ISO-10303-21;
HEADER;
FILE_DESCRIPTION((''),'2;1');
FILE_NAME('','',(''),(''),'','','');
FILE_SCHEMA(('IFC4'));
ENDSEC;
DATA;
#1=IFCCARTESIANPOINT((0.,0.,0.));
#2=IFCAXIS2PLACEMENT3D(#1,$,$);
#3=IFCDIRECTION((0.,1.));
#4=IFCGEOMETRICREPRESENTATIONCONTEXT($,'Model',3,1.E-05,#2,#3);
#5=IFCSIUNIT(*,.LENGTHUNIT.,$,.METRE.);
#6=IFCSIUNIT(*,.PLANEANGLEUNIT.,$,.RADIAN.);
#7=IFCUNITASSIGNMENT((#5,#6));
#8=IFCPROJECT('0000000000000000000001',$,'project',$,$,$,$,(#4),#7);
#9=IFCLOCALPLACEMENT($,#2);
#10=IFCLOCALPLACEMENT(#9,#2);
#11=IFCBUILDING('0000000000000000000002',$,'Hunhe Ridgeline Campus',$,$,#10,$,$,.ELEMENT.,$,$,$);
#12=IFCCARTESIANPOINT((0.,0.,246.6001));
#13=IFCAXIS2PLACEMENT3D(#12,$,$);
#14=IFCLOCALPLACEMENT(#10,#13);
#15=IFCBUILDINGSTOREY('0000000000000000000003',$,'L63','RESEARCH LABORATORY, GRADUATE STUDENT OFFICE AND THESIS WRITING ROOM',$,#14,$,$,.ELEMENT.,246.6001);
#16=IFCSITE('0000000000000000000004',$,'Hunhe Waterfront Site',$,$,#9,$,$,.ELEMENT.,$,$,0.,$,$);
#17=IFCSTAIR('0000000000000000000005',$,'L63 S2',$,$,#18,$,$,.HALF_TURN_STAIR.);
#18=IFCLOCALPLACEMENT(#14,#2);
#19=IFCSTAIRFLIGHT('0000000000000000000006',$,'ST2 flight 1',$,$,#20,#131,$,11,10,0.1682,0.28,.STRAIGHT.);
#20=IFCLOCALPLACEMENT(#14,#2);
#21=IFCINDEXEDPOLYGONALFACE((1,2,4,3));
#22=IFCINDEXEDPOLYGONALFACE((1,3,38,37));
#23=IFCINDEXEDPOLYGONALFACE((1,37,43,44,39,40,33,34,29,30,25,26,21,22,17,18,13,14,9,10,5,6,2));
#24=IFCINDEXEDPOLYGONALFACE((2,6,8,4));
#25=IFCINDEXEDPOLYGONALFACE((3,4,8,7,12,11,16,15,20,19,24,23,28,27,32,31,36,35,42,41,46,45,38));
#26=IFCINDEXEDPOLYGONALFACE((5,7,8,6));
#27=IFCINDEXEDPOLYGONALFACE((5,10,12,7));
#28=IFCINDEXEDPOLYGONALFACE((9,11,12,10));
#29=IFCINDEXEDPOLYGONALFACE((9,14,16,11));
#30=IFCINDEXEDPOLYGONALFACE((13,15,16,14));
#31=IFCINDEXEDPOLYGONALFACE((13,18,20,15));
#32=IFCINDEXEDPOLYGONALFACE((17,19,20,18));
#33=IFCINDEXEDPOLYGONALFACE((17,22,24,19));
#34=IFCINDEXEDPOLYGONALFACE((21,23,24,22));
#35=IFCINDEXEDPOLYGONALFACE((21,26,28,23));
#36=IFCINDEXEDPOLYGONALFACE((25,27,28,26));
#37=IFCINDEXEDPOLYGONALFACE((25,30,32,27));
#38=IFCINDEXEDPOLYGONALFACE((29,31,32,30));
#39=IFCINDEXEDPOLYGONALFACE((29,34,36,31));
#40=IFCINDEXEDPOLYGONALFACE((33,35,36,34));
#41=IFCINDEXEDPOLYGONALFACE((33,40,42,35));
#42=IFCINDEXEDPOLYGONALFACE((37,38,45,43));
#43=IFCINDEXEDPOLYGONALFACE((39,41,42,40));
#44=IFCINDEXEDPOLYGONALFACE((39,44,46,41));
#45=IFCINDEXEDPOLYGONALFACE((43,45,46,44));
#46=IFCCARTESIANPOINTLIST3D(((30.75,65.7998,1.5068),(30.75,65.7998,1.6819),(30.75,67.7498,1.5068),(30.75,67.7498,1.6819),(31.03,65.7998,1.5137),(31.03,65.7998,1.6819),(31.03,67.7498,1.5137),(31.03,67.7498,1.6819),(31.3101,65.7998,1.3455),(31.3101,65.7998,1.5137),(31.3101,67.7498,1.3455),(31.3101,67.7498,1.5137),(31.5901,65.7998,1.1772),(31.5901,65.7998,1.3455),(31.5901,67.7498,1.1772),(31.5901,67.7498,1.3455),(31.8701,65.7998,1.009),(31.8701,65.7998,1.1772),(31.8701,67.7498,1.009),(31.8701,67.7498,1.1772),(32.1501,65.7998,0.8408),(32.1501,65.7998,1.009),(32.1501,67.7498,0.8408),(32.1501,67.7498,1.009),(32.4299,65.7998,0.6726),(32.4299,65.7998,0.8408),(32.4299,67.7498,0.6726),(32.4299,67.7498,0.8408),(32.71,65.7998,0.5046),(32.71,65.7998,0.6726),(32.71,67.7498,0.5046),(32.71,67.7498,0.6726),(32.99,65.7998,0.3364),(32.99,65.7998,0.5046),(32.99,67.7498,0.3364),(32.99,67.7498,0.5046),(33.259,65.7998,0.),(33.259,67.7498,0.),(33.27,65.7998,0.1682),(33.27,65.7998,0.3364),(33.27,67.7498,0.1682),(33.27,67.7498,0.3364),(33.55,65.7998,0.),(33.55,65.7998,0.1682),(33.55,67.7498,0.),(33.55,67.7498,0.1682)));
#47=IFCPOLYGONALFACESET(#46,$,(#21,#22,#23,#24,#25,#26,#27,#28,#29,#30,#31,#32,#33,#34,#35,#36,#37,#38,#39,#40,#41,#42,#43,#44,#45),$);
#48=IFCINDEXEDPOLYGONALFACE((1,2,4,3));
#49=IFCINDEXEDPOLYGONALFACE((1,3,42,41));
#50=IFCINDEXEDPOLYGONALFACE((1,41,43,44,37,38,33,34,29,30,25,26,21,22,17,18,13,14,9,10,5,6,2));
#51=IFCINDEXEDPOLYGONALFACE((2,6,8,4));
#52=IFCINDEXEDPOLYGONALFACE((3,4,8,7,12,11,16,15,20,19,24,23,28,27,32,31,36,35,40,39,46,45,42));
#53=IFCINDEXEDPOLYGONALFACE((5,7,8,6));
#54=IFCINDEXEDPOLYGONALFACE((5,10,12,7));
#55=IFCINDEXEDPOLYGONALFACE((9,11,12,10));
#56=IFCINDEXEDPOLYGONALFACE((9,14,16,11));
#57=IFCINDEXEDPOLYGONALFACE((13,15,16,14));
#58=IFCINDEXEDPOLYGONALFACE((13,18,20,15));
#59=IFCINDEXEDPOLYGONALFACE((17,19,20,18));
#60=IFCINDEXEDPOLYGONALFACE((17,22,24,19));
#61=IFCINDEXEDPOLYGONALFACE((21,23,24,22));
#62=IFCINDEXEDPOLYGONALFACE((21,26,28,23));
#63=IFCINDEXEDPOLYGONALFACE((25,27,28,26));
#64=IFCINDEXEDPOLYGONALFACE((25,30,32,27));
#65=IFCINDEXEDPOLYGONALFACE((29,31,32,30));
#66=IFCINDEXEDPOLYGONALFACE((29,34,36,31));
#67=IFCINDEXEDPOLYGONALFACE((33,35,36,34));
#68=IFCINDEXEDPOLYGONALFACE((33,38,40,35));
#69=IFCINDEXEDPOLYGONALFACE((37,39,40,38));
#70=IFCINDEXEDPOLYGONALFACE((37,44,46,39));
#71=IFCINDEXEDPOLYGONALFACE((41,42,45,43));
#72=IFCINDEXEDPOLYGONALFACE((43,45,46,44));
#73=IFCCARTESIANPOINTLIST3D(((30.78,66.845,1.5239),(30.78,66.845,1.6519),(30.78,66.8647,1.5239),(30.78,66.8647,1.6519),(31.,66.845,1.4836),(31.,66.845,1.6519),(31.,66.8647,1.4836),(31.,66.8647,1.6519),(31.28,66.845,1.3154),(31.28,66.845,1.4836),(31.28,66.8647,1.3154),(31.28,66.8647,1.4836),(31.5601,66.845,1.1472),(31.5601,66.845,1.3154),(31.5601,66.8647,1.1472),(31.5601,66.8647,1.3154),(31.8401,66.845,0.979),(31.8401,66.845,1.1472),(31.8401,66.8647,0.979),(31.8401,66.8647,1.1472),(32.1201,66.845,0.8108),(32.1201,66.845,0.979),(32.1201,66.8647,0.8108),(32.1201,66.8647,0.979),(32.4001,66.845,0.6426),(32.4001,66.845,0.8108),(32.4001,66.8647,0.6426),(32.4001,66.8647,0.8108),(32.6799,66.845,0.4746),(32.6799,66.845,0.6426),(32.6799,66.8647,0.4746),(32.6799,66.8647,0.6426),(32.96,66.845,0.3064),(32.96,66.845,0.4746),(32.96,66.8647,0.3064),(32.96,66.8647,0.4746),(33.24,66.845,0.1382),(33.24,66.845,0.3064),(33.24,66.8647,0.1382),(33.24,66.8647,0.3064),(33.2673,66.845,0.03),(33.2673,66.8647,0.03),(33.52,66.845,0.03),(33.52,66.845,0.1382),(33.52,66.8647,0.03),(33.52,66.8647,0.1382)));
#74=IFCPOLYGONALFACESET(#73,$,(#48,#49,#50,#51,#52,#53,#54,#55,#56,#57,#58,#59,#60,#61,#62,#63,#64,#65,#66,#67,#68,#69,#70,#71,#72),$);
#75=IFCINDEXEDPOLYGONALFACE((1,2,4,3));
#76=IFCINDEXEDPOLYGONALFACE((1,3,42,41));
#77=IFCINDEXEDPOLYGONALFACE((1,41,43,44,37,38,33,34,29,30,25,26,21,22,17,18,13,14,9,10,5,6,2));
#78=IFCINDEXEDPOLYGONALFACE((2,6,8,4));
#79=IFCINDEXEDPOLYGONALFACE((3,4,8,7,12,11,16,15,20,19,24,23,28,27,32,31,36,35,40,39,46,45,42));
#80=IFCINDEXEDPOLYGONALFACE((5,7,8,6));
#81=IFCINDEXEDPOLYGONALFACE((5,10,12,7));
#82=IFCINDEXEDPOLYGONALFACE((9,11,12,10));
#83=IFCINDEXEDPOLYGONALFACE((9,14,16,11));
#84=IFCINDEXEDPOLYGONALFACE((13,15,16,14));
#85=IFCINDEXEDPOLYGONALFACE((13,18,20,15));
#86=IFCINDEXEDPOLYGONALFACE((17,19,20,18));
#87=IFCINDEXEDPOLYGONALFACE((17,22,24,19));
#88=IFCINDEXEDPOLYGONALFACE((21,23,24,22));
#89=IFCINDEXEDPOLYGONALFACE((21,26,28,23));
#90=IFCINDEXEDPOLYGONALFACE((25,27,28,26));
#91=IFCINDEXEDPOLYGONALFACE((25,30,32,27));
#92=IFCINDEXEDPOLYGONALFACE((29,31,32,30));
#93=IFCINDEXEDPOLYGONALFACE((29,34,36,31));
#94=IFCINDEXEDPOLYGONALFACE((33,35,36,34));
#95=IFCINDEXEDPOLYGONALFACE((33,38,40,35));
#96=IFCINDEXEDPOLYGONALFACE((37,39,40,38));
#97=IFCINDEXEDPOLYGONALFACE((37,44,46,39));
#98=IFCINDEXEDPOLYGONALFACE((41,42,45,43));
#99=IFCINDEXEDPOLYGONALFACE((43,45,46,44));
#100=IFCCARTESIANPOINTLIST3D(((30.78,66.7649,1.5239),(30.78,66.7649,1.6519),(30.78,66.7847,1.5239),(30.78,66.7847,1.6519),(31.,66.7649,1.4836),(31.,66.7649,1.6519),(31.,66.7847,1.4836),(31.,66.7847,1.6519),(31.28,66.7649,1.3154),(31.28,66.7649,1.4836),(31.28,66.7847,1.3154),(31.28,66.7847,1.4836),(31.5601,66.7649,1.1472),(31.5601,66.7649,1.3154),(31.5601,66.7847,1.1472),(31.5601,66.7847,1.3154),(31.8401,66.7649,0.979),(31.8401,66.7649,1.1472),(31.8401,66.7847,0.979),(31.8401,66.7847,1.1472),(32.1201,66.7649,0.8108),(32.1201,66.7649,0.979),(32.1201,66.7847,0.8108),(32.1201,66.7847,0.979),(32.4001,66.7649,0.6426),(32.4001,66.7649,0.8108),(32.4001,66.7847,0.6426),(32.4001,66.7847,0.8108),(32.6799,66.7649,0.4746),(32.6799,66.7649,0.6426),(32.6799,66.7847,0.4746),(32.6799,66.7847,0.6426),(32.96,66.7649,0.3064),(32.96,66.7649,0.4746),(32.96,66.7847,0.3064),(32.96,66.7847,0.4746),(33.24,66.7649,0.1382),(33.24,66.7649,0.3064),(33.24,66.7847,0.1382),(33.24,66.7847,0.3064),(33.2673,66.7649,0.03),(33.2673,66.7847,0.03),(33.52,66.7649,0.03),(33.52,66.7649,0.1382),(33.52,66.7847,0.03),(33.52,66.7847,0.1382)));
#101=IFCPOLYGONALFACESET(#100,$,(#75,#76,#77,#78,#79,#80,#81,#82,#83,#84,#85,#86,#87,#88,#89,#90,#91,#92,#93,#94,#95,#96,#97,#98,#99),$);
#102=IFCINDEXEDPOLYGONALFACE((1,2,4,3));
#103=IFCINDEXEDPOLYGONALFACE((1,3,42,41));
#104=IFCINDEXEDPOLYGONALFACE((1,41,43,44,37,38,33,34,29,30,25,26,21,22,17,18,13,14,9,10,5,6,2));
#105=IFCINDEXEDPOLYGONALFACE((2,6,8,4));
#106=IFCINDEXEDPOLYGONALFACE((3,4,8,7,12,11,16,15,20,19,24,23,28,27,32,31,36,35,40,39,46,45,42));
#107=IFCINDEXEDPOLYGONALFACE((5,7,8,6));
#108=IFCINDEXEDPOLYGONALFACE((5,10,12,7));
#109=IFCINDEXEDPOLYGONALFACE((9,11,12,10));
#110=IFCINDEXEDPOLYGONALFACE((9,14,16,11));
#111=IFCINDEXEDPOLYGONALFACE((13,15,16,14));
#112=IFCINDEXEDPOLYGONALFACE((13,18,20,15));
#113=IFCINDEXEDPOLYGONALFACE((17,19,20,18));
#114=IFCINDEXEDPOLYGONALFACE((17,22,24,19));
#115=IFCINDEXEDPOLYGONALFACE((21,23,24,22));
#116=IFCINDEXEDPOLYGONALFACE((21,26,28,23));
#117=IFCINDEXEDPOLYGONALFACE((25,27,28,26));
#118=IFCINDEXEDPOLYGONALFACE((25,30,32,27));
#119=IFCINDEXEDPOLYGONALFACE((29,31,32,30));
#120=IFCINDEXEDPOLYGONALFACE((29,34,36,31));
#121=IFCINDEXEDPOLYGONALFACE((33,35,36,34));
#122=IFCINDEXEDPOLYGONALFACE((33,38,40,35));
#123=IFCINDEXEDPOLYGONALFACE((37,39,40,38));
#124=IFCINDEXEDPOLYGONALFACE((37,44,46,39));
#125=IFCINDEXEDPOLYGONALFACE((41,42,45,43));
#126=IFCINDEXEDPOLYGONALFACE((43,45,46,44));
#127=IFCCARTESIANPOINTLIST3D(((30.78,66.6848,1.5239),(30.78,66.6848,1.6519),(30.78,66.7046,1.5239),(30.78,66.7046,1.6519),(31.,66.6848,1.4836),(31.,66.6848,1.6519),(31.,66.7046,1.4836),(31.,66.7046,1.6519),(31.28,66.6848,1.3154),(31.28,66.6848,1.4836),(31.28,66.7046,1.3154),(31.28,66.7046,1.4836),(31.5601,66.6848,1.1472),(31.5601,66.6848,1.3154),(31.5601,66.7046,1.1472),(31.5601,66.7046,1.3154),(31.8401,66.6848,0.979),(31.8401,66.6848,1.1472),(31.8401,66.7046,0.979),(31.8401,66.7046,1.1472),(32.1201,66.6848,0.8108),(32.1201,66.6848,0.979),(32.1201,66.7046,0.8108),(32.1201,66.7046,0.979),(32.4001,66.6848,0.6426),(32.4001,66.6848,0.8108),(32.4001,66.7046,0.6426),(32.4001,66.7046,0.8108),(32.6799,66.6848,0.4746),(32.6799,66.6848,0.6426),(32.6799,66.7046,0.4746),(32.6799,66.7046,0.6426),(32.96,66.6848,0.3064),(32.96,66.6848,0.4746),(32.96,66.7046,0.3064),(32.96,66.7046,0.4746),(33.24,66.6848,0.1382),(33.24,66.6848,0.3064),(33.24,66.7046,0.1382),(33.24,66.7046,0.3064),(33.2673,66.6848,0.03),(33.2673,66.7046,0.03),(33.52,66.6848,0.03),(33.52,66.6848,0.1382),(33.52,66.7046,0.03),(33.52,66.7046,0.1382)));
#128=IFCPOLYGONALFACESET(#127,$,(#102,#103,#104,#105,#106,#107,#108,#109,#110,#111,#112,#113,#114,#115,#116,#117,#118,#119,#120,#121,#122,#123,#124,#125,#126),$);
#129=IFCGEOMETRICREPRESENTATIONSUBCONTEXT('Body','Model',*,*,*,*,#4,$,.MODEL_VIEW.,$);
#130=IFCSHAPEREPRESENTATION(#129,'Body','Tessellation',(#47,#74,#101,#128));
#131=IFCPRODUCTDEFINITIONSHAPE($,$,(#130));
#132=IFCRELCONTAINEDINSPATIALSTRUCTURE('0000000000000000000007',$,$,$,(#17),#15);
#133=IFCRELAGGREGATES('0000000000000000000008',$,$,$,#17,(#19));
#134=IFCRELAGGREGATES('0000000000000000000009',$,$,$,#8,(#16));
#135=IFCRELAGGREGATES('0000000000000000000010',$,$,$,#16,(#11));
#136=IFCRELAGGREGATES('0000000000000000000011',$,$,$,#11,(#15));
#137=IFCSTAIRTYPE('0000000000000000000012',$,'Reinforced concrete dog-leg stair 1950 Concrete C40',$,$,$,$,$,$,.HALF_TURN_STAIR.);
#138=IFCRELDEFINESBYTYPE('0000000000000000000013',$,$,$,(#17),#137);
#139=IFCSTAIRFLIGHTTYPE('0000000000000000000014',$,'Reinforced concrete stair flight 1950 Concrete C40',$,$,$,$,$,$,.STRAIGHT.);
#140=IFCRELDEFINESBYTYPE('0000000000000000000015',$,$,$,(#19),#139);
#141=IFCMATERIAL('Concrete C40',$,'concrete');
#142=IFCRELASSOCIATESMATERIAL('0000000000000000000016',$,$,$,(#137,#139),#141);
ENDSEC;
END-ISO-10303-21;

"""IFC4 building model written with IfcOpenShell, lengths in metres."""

from ifc_helpers import new_model, si_unit, direction, frame, origin, place, context, subcontext, project, spatial, polyline, outline, extrude, material, type_object, element, aggregate, save


model = new_model("IFC4")

# Units and contexts
model_context = context("Model", 3, precision=1e-05, world=origin(), true_north=direction((0.0, 1.0)))
body_context = subcontext(model_context, "Body", "Model", "MODEL_VIEW")
ifc_project = project(units=[si_unit("LENGTHUNIT", "METRE"), si_unit("PLANEANGLEUNIT", "RADIAN")], contexts=[model_context])

# Site, building, storey
site_placement = place(None, origin())
site = spatial("IfcSite", under=ifc_project, at=site_placement, Name="Hunhe Waterfront Site", CompositionType="ELEMENT", RefElevation=0.0)
building_placement = place(site_placement, origin())
building = spatial("IfcBuilding", under=site, at=building_placement, Name="Hunhe Ridgeline Campus", CompositionType="ELEMENT")
storey_placement = place(building_placement, frame((0.0, 0.0, 246.6001)))
storey = spatial("IfcBuildingStorey", under=building, at=storey_placement, Name="L63", Description="RESEARCH LABORATORY, GRADUATE STUDENT OFFICE AND THESIS WRITING ROOM", CompositionType="ELEMENT", Elevation=246.6001)

# Stair, stair flight
ifc_material_1 = material(Name="Concrete C40", Category="concrete")
stair_type = type_object("IfcStairType", Name="Reinforced concrete dog-leg stair 1950 Concrete C40", PredefinedType="HALF_TURN_STAIR", material=ifc_material_1)
stair_placement = place(storey_placement, origin())
stair = element("IfcStair", 1, at=stair_placement, inside=storey, type_object=stair_type, Name="L63 S2", PredefinedType="HALF_TURN_STAIR")
stair_flight_type = type_object("IfcStairFlightType", Name="Reinforced concrete stair flight 1950 Concrete C40", PredefinedType="STRAIGHT", material=ifc_material_1)
stair_flight_1_placement = place(storey_placement, frame((33.55, 66.7749, 0.0), z_axis=(0.0, 0.0, 1.0), x_axis=(-1.0, 0.0, 0.0)))
stair_flight_1 = element("IfcStairFlight", 2, at=stair_flight_1_placement, type_object=stair_flight_type, Name="ST2 flight 1", NumberOfRisers=11, NumberOfTreads=10, PredefinedType="STRAIGHT", RiserHeight=0.1682, TreadLength=0.28, context=body_context, shape_type="SweptSolid", body=[
    extrude(outline(polyline([(0.0, 0.0), (0.0, 0.1682), (0.28, 0.1682), (0.28, 0.3364), (0.5601, 0.3364), (0.5601, 0.5046), (0.8401, 0.5046), (0.8401, 0.6726), (1.1201, 0.6726), (1.1201, 0.8408), (1.3999, 0.8408), (1.3999, 1.009), (1.6799, 1.009), (1.6799, 1.1772), (1.96, 1.1772), (1.96, 1.3455), (2.24, 1.3455), (2.24, 1.5137), (2.52, 1.5137), (2.52, 1.6819), (2.8, 1.6819), (2.8, 1.8501), (2.8, 1.5068), (0.291, 0.0), (0.0, 0.0)])), frame((0.0, 0.9751, 0.0), z_axis=(0.0, -1.0, 0.0), x_axis=(1.0, 0.0, 0.0)), (0.0, 0.0, 1.0), 1.95),
    extrude(outline(polyline([(0.03, 0.03), (0.03, 0.1382), (0.3101, 0.1382), (0.3101, 0.3064), (0.5901, 0.3064), (0.5901, 0.4746), (0.8701, 0.4746), (0.8701, 0.6426), (1.1499, 0.6426), (1.1499, 0.8108), (1.4299, 0.8108), (1.4299, 0.979), (1.71, 0.979), (1.71, 1.1472), (1.99, 1.1472), (1.99, 1.3154), (2.27, 1.3154), (2.27, 1.4836), (2.55, 1.4836), (2.55, 1.6519), (2.77, 1.6519), (2.77, 1.5239), (0.2827, 0.03), (0.03, 0.03)])), frame((0.0, -0.0701, 0.0), z_axis=(0.0, -1.0, 0.0), x_axis=(1.0, 0.0, 0.0)), (0.0, 0.0, 1.0), 0.0198),
    extrude(outline(polyline([(0.03, 0.03), (0.03, 0.1382), (0.3101, 0.1382), (0.3101, 0.3064), (0.5901, 0.3064), (0.5901, 0.4746), (0.8701, 0.4746), (0.8701, 0.6426), (1.1499, 0.6426), (1.1499, 0.8108), (1.4299, 0.8108), (1.4299, 0.979), (1.71, 0.979), (1.71, 1.1472), (1.99, 1.1472), (1.99, 1.3154), (2.27, 1.3154), (2.27, 1.4836), (2.55, 1.4836), (2.55, 1.6519), (2.77, 1.6519), (2.77, 1.5239), (0.2827, 0.03), (0.03, 0.03)])), frame((0.0, 0.01, 0.0), z_axis=(0.0, -1.0, 0.0), x_axis=(1.0, 0.0, 0.0)), (0.0, 0.0, 1.0), 0.0198),
    extrude(outline(polyline([(0.03, 0.03), (0.03, 0.1382), (0.3101, 0.1382), (0.3101, 0.3064), (0.5901, 0.3064), (0.5901, 0.4746), (0.8701, 0.4746), (0.8701, 0.6426), (1.1499, 0.6426), (1.1499, 0.8108), (1.4299, 0.8108), (1.4299, 0.979), (1.71, 0.979), (1.71, 1.1472), (1.99, 1.1472), (1.99, 1.3154), (2.27, 1.3154), (2.27, 1.4836), (2.55, 1.4836), (2.55, 1.6519), (2.77, 1.6519), (2.77, 1.5239), (0.2827, 0.03), (0.03, 0.03)])), frame((0.0, 0.0901, 0.0), z_axis=(0.0, -1.0, 0.0), x_axis=(1.0, 0.0, 0.0)), (0.0, 0.0, 1.0), 0.0198),
])
aggregate(stair, [stair_flight_1])

save(model, "model.ifc")
